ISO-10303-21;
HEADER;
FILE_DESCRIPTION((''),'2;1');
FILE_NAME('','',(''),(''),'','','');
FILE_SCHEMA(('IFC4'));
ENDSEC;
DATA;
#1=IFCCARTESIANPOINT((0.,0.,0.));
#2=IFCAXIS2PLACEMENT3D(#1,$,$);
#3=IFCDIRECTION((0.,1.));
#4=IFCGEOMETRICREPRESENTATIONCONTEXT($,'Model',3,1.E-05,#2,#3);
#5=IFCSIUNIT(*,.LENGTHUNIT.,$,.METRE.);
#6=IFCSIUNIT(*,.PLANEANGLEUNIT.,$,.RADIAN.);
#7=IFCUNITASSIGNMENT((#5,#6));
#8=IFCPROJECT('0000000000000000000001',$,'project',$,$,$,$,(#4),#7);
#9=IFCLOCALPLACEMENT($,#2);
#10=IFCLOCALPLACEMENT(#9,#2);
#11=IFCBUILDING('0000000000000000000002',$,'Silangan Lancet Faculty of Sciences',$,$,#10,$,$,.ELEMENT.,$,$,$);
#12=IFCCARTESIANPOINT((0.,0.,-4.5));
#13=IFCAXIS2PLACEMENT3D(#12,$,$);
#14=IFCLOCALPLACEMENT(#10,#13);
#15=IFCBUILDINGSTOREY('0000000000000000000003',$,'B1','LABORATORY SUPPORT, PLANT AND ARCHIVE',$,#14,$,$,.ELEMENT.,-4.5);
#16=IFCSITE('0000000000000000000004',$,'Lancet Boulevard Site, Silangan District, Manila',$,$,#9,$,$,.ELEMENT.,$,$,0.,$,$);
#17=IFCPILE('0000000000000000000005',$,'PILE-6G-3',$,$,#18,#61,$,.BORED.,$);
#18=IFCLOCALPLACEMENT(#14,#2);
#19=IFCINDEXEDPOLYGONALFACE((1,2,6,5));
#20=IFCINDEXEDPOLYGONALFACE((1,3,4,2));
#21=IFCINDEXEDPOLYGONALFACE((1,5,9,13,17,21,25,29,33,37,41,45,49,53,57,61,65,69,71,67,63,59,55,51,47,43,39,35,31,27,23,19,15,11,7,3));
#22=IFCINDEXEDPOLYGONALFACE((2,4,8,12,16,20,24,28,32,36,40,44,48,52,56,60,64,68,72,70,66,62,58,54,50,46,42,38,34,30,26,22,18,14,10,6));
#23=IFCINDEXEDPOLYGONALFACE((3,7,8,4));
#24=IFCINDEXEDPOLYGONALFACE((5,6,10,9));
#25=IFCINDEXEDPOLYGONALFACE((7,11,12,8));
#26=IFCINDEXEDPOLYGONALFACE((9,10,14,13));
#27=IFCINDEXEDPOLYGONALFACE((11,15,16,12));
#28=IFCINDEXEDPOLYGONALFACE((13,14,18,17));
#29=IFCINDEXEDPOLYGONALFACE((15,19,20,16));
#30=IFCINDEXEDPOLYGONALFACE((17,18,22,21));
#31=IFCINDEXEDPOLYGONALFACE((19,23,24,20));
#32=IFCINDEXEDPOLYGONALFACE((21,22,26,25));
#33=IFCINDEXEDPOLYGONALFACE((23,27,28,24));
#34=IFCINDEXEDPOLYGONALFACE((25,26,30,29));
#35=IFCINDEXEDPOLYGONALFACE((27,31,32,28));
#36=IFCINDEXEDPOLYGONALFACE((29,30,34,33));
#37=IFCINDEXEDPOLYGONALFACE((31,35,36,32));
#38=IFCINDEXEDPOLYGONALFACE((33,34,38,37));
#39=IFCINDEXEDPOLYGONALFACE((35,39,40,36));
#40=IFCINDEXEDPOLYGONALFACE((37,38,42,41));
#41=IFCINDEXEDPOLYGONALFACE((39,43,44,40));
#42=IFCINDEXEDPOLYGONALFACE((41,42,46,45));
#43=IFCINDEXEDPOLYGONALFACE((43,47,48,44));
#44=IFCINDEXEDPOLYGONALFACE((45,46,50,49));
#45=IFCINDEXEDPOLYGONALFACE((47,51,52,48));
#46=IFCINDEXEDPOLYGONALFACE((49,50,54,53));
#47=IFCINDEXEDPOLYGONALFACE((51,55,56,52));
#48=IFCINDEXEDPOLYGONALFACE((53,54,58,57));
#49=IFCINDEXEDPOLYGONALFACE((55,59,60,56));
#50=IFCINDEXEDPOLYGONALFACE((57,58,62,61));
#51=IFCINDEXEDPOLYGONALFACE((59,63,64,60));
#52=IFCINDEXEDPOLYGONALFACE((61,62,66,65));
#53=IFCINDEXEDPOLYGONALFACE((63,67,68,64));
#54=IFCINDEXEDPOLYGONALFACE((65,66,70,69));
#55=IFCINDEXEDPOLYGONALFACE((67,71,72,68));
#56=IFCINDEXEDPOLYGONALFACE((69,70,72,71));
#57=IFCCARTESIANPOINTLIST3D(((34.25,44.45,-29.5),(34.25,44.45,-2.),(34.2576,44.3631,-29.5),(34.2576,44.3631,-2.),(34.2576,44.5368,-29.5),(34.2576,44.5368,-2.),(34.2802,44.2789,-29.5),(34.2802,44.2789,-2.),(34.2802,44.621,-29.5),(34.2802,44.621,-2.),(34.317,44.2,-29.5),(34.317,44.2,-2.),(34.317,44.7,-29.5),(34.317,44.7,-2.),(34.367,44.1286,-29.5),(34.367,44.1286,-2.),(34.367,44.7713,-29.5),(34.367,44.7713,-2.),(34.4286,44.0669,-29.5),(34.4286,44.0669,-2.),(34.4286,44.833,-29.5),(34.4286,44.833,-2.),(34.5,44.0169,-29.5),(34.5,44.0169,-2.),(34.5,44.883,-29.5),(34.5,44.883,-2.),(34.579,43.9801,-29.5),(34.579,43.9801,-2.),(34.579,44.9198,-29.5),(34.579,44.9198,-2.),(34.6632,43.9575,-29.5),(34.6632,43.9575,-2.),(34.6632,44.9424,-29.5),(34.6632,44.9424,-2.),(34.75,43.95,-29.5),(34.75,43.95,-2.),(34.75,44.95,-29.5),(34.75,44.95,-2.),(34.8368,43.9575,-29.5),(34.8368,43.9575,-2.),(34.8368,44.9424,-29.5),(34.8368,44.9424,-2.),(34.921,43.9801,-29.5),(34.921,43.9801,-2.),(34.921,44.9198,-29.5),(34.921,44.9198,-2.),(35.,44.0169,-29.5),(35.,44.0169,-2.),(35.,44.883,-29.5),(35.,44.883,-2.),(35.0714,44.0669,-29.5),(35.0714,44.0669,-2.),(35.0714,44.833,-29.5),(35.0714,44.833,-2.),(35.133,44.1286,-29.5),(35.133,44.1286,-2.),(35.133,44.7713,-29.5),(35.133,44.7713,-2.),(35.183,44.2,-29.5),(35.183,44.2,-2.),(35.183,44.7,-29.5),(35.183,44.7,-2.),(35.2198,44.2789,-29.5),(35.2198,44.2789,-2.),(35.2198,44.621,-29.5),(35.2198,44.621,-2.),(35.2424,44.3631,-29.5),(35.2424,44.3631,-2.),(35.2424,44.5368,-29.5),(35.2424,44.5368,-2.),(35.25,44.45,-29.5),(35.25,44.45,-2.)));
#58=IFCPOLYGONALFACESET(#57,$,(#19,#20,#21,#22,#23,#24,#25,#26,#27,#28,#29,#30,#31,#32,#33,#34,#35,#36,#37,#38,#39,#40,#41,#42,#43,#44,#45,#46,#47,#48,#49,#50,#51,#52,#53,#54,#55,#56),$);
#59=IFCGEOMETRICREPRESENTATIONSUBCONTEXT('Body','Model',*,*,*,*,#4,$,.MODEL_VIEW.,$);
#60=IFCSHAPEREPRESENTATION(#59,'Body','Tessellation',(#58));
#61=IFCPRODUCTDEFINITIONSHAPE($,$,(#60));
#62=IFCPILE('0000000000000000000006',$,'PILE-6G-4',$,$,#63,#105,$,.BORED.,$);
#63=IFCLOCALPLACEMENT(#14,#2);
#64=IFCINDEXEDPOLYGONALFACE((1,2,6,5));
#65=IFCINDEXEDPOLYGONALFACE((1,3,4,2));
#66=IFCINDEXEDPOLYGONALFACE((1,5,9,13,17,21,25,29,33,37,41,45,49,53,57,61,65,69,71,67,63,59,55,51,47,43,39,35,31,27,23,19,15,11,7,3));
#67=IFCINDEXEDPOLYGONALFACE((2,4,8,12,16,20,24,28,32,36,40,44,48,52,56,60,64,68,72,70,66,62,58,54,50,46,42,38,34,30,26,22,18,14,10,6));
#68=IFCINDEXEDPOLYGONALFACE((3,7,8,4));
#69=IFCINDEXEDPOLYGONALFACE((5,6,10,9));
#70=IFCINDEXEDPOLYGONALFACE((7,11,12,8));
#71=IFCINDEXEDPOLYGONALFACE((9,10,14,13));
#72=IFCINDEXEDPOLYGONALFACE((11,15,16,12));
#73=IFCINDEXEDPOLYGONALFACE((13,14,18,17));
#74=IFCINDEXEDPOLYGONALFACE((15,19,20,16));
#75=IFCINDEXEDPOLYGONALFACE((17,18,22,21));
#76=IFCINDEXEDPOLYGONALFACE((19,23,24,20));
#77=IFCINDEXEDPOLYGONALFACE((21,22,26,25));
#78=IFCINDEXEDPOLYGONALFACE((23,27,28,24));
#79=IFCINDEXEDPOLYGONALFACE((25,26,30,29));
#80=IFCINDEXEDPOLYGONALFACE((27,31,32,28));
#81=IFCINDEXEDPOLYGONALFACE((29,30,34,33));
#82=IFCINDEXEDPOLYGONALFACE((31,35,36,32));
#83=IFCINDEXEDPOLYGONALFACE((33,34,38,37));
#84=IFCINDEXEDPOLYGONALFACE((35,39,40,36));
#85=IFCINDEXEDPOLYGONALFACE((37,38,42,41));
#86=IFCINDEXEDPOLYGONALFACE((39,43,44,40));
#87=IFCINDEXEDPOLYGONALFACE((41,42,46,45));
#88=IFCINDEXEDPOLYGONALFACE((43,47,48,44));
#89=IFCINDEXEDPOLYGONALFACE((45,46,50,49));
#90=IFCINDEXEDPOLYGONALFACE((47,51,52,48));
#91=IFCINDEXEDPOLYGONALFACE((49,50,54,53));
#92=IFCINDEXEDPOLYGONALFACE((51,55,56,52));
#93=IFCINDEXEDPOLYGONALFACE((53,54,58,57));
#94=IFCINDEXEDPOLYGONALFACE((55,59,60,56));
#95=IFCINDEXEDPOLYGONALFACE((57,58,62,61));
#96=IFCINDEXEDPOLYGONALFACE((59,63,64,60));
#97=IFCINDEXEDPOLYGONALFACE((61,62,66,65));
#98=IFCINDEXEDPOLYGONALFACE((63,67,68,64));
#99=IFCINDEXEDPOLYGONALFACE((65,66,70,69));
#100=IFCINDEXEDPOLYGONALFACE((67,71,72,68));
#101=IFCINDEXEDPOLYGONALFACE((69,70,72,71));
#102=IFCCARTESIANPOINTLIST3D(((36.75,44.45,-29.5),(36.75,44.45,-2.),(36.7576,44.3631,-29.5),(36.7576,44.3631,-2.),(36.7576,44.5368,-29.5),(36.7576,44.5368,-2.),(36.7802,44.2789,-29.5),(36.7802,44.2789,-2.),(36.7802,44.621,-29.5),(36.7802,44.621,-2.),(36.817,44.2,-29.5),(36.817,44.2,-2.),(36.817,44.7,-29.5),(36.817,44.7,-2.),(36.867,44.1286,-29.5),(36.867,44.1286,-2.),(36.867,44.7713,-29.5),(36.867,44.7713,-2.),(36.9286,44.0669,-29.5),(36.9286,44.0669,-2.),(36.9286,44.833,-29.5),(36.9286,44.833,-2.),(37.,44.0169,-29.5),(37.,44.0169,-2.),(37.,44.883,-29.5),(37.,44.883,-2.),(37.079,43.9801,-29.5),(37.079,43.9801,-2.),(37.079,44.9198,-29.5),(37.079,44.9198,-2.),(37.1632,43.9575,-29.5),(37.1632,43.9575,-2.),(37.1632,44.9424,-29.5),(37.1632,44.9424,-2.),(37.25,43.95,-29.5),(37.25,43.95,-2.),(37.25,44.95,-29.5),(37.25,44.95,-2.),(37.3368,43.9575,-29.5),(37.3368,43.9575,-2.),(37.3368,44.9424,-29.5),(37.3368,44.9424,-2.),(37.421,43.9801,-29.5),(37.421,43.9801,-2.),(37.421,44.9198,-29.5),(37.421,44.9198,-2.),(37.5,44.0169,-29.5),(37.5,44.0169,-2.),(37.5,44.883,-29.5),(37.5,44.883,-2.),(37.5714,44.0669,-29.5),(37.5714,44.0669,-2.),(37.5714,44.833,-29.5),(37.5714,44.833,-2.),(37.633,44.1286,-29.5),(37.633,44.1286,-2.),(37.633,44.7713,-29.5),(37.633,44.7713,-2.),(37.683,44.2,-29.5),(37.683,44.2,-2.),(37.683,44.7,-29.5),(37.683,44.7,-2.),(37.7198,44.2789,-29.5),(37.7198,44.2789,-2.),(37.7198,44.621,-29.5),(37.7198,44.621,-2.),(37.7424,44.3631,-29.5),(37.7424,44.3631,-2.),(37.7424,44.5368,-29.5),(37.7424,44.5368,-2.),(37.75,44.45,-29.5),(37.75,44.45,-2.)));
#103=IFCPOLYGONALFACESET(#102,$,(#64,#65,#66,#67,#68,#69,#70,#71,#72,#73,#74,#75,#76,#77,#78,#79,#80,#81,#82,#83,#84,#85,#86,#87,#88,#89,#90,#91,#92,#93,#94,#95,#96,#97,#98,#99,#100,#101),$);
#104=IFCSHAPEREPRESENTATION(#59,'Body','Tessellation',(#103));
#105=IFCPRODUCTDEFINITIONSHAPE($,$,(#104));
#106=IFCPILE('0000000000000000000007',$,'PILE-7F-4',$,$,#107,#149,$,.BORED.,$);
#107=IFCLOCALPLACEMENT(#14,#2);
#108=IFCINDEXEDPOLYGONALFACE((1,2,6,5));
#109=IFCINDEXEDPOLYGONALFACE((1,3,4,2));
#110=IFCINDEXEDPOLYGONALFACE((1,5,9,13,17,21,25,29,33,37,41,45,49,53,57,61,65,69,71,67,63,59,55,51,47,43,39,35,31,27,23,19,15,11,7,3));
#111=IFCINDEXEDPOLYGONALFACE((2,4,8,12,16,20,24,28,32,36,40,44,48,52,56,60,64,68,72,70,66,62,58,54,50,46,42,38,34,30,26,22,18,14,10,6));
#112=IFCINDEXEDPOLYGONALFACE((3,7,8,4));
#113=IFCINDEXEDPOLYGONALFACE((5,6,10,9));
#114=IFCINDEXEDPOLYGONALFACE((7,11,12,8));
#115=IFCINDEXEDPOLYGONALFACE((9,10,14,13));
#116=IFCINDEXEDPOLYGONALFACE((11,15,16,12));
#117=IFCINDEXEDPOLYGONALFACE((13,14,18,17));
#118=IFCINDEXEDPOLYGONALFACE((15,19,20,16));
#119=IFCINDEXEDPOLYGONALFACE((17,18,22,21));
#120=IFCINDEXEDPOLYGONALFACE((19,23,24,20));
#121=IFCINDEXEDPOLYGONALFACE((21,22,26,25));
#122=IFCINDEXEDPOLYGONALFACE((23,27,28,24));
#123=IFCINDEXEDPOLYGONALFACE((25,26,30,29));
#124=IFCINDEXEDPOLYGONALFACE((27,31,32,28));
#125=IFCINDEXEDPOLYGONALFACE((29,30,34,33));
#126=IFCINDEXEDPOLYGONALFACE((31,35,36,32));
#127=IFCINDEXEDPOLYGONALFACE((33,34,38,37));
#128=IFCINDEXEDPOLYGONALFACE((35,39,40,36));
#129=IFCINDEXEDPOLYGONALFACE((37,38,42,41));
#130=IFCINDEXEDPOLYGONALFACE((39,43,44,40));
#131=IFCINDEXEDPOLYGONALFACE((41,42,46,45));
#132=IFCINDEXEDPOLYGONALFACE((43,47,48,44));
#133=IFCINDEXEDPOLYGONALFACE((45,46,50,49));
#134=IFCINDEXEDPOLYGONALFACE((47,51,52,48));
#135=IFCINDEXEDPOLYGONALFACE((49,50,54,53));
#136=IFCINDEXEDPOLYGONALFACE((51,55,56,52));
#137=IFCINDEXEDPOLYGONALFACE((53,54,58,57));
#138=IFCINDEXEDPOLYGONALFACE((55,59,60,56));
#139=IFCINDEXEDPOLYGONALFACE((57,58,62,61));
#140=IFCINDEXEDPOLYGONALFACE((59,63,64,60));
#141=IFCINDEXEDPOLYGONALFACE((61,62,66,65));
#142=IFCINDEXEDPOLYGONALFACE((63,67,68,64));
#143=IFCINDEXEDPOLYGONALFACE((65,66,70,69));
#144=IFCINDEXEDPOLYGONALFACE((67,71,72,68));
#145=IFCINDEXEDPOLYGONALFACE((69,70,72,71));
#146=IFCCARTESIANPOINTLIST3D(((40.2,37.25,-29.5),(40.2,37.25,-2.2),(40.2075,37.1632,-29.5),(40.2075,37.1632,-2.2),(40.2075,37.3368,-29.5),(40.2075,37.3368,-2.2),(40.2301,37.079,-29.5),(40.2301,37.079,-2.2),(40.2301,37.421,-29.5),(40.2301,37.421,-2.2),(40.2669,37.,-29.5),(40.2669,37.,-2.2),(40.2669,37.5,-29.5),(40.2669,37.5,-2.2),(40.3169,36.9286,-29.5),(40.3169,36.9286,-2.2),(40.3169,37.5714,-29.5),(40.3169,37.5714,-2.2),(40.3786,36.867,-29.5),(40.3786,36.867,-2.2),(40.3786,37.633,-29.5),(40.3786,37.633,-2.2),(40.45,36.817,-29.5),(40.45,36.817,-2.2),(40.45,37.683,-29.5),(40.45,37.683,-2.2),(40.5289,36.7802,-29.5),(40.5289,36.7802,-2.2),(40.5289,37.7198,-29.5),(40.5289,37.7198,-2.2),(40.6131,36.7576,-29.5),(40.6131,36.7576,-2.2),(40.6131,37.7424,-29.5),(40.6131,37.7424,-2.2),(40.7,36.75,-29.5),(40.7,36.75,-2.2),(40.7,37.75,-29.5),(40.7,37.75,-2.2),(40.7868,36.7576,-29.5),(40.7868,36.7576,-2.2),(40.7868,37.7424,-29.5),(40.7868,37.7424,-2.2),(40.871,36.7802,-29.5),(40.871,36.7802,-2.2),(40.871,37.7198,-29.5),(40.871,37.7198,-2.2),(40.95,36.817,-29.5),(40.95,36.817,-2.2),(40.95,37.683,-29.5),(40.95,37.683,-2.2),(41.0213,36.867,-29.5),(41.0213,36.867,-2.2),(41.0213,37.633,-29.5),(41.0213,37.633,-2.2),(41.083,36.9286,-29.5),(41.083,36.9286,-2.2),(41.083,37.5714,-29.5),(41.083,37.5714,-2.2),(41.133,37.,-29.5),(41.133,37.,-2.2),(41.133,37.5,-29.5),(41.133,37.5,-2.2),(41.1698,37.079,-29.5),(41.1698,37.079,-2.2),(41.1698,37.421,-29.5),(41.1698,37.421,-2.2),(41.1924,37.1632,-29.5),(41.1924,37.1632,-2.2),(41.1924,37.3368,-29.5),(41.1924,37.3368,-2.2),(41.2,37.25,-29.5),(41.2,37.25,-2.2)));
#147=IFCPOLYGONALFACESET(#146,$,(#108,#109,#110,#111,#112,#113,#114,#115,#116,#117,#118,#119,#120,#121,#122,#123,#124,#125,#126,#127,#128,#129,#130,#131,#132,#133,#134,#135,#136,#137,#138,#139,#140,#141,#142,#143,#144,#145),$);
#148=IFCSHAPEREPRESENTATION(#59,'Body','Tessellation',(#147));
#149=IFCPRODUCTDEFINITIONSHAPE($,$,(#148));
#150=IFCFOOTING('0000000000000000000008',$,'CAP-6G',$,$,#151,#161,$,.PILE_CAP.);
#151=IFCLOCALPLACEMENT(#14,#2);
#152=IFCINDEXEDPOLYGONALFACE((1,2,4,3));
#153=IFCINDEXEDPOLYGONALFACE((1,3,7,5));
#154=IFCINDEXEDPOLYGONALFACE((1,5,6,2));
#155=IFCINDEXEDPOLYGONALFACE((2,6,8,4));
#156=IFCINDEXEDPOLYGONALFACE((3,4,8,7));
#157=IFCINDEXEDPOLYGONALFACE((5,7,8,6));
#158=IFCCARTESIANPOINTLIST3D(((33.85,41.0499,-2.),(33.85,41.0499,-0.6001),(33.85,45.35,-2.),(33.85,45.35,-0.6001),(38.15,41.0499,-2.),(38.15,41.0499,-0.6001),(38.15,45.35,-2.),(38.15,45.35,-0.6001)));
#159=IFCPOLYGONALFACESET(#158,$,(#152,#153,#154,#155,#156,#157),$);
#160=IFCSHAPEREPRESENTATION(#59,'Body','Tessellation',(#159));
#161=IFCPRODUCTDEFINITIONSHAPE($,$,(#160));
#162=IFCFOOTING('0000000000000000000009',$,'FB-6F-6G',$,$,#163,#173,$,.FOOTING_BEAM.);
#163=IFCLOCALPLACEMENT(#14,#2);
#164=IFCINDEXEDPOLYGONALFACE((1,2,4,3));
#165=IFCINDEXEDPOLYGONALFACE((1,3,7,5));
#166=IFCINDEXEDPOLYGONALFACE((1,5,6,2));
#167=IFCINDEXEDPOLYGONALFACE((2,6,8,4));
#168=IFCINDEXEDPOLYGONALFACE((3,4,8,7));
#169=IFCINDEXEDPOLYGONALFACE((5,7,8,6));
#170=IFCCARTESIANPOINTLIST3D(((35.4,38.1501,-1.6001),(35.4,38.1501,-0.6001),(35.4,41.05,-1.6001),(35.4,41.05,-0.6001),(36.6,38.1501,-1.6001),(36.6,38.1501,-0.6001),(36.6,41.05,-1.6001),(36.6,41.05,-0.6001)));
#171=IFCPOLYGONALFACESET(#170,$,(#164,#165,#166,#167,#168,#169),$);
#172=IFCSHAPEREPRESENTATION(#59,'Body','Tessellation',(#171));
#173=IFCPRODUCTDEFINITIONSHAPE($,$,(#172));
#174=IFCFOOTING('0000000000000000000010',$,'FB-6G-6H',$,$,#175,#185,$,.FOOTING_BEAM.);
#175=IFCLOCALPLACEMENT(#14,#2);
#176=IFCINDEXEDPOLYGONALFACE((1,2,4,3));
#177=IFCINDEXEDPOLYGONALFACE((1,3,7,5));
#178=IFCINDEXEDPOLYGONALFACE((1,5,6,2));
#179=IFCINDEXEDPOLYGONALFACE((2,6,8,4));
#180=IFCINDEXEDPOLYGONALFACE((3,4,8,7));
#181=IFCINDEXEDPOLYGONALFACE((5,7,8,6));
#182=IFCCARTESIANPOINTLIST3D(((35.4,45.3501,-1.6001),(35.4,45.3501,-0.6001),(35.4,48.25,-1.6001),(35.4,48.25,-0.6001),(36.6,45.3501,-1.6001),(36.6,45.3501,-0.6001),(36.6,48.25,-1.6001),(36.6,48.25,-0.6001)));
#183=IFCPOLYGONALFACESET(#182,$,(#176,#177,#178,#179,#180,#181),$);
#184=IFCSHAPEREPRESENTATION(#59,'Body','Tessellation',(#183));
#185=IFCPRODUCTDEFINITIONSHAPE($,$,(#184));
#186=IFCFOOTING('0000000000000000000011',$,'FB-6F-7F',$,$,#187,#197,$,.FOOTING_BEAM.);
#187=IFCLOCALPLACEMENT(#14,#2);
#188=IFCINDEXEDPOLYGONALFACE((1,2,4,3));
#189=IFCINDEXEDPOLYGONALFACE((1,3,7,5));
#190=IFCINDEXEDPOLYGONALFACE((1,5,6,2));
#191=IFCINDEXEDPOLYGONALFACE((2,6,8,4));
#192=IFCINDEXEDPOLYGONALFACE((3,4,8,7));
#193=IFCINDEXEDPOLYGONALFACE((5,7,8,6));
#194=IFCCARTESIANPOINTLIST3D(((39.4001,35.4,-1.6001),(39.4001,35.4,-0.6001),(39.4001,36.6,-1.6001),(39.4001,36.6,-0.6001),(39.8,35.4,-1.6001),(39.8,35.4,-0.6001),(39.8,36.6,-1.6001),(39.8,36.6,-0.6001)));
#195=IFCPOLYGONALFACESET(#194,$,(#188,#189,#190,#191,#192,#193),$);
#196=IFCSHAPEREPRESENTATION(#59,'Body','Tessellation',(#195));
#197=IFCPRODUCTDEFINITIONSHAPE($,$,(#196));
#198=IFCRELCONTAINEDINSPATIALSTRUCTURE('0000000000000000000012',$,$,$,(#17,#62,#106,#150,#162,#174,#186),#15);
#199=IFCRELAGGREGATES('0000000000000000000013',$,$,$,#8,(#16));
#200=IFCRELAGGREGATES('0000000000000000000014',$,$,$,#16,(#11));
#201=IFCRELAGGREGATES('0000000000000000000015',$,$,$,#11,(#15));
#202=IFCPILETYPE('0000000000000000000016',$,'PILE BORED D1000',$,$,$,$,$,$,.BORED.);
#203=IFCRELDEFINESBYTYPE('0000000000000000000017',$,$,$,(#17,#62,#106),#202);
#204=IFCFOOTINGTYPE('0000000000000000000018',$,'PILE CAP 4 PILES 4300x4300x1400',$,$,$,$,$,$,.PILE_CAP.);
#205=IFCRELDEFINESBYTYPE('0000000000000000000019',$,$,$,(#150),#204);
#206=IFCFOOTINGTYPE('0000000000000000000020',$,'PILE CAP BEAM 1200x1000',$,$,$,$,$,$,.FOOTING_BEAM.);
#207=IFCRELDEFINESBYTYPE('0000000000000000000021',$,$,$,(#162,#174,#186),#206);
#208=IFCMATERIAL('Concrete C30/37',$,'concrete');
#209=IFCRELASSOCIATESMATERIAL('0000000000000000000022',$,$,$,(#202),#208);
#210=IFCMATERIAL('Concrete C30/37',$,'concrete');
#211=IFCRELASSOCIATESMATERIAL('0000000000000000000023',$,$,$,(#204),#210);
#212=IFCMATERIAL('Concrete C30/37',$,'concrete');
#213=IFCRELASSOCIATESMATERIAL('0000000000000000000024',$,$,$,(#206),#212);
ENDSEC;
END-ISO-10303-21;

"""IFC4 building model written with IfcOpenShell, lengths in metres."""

from ifc_helpers import new_model, si_unit, direction, frame, origin, origin_2d, place, context, subcontext, project, spatial, rectangle, circle, extrude, material, material_profile, profile_set, type_object, element, save


model = new_model("IFC4")

# Units and contexts
model_context = context("Model", 3, precision=1e-05, world=origin(), true_north=direction((0.0, 1.0)))
body_context = subcontext(model_context, "Body", "Model", "MODEL_VIEW")
ifc_project = project(units=[si_unit("LENGTHUNIT", "METRE"), si_unit("PLANEANGLEUNIT", "RADIAN")], contexts=[model_context])

# Site, building, storey
site_placement = place(None, origin())
site = spatial("IfcSite", under=ifc_project, at=site_placement, Name="Lancet Boulevard Site, Silangan District, Manila", CompositionType="ELEMENT", RefElevation=0.0)
building_placement = place(site_placement, origin())
building = spatial("IfcBuilding", under=site, at=building_placement, Name="Silangan Lancet Faculty of Sciences", CompositionType="ELEMENT")
storey_placement = place(building_placement, frame((0.0, 0.0, -4.5)))
storey = spatial("IfcBuildingStorey", under=building, at=storey_placement, Name="B1", Description="LABORATORY SUPPORT, PLANT AND ARCHIVE", CompositionType="ELEMENT", Elevation=-4.5)

# Piles
ifc_material_1 = material(Name="Concrete C30/37", Category="concrete")
ifc_material_profile_1 = material_profile(ifc_material_1, circle(Radius=0.5, at=origin_2d()), Name="BORED PILE D1000")
ifc_profile_set_1 = profile_set([ifc_material_profile_1], Name="Concrete C30/37")
pile_type = type_object("IfcPileType", Name="PILE BORED D1000", PredefinedType="BORED", material=ifc_profile_set_1)
for number, where, z_axis, x_axis, name in (
    (1, (34.75, 44.45, -2.0), (0.0, 0.0, -1.0), (1.0, 0.0, 0.0), "PILE-6G-3"),
    (2, (37.25, 44.45, -2.0), (0.0, 0.0, -1.0), (1.0, 0.0, 0.0), "PILE-6G-4"),
):
    element("IfcPile", number, at=place(storey_placement, frame(where, z_axis=z_axis, x_axis=x_axis)), inside=storey, type_object=pile_type, Name=name, PredefinedType="BORED", context=body_context, shape_type="SweptSolid", body=[
        extrude(circle(Radius=0.5, at=origin_2d()), origin(), (0.0, 0.0, 1.0), 27.5),
    ])
pile_placement = place(storey_placement, frame((40.7, 37.25, -2.2), z_axis=(0.0, 0.0, -1.0), x_axis=(1.0, 0.0, 0.0)))
element("IfcPile", 3, at=pile_placement, inside=storey, type_object=pile_type, Name="PILE-7F-4", PredefinedType="BORED", context=body_context, shape_type="SweptSolid", body=[
    extrude(circle(Radius=0.5, at=origin_2d()), origin(), (0.0, 0.0, 1.0), 27.3),
])

# Footings
ifc_material_2 = material(Name="Concrete C30/37", Category="concrete")
footing_type_1 = type_object("IfcFootingType", Name="PILE CAP 4 PILES 4300x4300x1400", PredefinedType="PILE_CAP", material=ifc_material_2)
footing_1_placement = place(storey_placement, frame((36.0, 43.2, -2.0), z_axis=(0.0, 0.0, 1.0), x_axis=(1.0, 0.0, 0.0)))
element("IfcFooting", 4, at=footing_1_placement, inside=storey, type_object=footing_type_1, Name="CAP-6G", PredefinedType="PILE_CAP", context=body_context, shape_type="SweptSolid", body=[
    extrude(rectangle(XDim=4.3, YDim=4.3, at=origin_2d()), origin(), (0.0, 0.0, 1.0), 1.3999),
])
ifc_material_3 = material(Name="Concrete C30/37", Category="concrete")
footing_type_2 = type_object("IfcFootingType", Name="PILE CAP BEAM 1200x1000", PredefinedType="FOOTING_BEAM", material=ifc_material_3)
for number, where, z_axis, x_axis, name in (
    (5, (36.0, 39.6001, -1.6001), (0.0, 0.0, 1.0), (0.0, 1.0, 0.0), "FB-6F-6G"),
    (6, (36.0, 46.8, -1.6001), (0.0, 0.0, 1.0), (0.0, 1.0, 0.0), "FB-6G-6H"),
):
    element("IfcFooting", number, at=place(storey_placement, frame(where, z_axis=z_axis, x_axis=x_axis)), inside=storey, type_object=footing_type_2, Name=name, PredefinedType="FOOTING_BEAM", context=body_context, shape_type="SweptSolid", body=[
        extrude(rectangle(XDim=2.8999, YDim=1.2, at=origin_2d()), origin(), (0.0, 0.0, 1.0), 1.0),
    ])
footing_2_placement = place(storey_placement, frame((39.6001, 36.0, -1.6001), z_axis=(0.0, 0.0, 1.0), x_axis=(1.0, 0.0, 0.0)))
element("IfcFooting", 7, at=footing_2_placement, inside=storey, type_object=footing_type_2, Name="FB-6F-7F", PredefinedType="FOOTING_BEAM", context=body_context, shape_type="SweptSolid", body=[
    extrude(rectangle(XDim=0.3999, YDim=1.2, at=origin_2d()), origin(), (0.0, 0.0, 1.0), 1.0),
])

save(model, "model.ifc")
